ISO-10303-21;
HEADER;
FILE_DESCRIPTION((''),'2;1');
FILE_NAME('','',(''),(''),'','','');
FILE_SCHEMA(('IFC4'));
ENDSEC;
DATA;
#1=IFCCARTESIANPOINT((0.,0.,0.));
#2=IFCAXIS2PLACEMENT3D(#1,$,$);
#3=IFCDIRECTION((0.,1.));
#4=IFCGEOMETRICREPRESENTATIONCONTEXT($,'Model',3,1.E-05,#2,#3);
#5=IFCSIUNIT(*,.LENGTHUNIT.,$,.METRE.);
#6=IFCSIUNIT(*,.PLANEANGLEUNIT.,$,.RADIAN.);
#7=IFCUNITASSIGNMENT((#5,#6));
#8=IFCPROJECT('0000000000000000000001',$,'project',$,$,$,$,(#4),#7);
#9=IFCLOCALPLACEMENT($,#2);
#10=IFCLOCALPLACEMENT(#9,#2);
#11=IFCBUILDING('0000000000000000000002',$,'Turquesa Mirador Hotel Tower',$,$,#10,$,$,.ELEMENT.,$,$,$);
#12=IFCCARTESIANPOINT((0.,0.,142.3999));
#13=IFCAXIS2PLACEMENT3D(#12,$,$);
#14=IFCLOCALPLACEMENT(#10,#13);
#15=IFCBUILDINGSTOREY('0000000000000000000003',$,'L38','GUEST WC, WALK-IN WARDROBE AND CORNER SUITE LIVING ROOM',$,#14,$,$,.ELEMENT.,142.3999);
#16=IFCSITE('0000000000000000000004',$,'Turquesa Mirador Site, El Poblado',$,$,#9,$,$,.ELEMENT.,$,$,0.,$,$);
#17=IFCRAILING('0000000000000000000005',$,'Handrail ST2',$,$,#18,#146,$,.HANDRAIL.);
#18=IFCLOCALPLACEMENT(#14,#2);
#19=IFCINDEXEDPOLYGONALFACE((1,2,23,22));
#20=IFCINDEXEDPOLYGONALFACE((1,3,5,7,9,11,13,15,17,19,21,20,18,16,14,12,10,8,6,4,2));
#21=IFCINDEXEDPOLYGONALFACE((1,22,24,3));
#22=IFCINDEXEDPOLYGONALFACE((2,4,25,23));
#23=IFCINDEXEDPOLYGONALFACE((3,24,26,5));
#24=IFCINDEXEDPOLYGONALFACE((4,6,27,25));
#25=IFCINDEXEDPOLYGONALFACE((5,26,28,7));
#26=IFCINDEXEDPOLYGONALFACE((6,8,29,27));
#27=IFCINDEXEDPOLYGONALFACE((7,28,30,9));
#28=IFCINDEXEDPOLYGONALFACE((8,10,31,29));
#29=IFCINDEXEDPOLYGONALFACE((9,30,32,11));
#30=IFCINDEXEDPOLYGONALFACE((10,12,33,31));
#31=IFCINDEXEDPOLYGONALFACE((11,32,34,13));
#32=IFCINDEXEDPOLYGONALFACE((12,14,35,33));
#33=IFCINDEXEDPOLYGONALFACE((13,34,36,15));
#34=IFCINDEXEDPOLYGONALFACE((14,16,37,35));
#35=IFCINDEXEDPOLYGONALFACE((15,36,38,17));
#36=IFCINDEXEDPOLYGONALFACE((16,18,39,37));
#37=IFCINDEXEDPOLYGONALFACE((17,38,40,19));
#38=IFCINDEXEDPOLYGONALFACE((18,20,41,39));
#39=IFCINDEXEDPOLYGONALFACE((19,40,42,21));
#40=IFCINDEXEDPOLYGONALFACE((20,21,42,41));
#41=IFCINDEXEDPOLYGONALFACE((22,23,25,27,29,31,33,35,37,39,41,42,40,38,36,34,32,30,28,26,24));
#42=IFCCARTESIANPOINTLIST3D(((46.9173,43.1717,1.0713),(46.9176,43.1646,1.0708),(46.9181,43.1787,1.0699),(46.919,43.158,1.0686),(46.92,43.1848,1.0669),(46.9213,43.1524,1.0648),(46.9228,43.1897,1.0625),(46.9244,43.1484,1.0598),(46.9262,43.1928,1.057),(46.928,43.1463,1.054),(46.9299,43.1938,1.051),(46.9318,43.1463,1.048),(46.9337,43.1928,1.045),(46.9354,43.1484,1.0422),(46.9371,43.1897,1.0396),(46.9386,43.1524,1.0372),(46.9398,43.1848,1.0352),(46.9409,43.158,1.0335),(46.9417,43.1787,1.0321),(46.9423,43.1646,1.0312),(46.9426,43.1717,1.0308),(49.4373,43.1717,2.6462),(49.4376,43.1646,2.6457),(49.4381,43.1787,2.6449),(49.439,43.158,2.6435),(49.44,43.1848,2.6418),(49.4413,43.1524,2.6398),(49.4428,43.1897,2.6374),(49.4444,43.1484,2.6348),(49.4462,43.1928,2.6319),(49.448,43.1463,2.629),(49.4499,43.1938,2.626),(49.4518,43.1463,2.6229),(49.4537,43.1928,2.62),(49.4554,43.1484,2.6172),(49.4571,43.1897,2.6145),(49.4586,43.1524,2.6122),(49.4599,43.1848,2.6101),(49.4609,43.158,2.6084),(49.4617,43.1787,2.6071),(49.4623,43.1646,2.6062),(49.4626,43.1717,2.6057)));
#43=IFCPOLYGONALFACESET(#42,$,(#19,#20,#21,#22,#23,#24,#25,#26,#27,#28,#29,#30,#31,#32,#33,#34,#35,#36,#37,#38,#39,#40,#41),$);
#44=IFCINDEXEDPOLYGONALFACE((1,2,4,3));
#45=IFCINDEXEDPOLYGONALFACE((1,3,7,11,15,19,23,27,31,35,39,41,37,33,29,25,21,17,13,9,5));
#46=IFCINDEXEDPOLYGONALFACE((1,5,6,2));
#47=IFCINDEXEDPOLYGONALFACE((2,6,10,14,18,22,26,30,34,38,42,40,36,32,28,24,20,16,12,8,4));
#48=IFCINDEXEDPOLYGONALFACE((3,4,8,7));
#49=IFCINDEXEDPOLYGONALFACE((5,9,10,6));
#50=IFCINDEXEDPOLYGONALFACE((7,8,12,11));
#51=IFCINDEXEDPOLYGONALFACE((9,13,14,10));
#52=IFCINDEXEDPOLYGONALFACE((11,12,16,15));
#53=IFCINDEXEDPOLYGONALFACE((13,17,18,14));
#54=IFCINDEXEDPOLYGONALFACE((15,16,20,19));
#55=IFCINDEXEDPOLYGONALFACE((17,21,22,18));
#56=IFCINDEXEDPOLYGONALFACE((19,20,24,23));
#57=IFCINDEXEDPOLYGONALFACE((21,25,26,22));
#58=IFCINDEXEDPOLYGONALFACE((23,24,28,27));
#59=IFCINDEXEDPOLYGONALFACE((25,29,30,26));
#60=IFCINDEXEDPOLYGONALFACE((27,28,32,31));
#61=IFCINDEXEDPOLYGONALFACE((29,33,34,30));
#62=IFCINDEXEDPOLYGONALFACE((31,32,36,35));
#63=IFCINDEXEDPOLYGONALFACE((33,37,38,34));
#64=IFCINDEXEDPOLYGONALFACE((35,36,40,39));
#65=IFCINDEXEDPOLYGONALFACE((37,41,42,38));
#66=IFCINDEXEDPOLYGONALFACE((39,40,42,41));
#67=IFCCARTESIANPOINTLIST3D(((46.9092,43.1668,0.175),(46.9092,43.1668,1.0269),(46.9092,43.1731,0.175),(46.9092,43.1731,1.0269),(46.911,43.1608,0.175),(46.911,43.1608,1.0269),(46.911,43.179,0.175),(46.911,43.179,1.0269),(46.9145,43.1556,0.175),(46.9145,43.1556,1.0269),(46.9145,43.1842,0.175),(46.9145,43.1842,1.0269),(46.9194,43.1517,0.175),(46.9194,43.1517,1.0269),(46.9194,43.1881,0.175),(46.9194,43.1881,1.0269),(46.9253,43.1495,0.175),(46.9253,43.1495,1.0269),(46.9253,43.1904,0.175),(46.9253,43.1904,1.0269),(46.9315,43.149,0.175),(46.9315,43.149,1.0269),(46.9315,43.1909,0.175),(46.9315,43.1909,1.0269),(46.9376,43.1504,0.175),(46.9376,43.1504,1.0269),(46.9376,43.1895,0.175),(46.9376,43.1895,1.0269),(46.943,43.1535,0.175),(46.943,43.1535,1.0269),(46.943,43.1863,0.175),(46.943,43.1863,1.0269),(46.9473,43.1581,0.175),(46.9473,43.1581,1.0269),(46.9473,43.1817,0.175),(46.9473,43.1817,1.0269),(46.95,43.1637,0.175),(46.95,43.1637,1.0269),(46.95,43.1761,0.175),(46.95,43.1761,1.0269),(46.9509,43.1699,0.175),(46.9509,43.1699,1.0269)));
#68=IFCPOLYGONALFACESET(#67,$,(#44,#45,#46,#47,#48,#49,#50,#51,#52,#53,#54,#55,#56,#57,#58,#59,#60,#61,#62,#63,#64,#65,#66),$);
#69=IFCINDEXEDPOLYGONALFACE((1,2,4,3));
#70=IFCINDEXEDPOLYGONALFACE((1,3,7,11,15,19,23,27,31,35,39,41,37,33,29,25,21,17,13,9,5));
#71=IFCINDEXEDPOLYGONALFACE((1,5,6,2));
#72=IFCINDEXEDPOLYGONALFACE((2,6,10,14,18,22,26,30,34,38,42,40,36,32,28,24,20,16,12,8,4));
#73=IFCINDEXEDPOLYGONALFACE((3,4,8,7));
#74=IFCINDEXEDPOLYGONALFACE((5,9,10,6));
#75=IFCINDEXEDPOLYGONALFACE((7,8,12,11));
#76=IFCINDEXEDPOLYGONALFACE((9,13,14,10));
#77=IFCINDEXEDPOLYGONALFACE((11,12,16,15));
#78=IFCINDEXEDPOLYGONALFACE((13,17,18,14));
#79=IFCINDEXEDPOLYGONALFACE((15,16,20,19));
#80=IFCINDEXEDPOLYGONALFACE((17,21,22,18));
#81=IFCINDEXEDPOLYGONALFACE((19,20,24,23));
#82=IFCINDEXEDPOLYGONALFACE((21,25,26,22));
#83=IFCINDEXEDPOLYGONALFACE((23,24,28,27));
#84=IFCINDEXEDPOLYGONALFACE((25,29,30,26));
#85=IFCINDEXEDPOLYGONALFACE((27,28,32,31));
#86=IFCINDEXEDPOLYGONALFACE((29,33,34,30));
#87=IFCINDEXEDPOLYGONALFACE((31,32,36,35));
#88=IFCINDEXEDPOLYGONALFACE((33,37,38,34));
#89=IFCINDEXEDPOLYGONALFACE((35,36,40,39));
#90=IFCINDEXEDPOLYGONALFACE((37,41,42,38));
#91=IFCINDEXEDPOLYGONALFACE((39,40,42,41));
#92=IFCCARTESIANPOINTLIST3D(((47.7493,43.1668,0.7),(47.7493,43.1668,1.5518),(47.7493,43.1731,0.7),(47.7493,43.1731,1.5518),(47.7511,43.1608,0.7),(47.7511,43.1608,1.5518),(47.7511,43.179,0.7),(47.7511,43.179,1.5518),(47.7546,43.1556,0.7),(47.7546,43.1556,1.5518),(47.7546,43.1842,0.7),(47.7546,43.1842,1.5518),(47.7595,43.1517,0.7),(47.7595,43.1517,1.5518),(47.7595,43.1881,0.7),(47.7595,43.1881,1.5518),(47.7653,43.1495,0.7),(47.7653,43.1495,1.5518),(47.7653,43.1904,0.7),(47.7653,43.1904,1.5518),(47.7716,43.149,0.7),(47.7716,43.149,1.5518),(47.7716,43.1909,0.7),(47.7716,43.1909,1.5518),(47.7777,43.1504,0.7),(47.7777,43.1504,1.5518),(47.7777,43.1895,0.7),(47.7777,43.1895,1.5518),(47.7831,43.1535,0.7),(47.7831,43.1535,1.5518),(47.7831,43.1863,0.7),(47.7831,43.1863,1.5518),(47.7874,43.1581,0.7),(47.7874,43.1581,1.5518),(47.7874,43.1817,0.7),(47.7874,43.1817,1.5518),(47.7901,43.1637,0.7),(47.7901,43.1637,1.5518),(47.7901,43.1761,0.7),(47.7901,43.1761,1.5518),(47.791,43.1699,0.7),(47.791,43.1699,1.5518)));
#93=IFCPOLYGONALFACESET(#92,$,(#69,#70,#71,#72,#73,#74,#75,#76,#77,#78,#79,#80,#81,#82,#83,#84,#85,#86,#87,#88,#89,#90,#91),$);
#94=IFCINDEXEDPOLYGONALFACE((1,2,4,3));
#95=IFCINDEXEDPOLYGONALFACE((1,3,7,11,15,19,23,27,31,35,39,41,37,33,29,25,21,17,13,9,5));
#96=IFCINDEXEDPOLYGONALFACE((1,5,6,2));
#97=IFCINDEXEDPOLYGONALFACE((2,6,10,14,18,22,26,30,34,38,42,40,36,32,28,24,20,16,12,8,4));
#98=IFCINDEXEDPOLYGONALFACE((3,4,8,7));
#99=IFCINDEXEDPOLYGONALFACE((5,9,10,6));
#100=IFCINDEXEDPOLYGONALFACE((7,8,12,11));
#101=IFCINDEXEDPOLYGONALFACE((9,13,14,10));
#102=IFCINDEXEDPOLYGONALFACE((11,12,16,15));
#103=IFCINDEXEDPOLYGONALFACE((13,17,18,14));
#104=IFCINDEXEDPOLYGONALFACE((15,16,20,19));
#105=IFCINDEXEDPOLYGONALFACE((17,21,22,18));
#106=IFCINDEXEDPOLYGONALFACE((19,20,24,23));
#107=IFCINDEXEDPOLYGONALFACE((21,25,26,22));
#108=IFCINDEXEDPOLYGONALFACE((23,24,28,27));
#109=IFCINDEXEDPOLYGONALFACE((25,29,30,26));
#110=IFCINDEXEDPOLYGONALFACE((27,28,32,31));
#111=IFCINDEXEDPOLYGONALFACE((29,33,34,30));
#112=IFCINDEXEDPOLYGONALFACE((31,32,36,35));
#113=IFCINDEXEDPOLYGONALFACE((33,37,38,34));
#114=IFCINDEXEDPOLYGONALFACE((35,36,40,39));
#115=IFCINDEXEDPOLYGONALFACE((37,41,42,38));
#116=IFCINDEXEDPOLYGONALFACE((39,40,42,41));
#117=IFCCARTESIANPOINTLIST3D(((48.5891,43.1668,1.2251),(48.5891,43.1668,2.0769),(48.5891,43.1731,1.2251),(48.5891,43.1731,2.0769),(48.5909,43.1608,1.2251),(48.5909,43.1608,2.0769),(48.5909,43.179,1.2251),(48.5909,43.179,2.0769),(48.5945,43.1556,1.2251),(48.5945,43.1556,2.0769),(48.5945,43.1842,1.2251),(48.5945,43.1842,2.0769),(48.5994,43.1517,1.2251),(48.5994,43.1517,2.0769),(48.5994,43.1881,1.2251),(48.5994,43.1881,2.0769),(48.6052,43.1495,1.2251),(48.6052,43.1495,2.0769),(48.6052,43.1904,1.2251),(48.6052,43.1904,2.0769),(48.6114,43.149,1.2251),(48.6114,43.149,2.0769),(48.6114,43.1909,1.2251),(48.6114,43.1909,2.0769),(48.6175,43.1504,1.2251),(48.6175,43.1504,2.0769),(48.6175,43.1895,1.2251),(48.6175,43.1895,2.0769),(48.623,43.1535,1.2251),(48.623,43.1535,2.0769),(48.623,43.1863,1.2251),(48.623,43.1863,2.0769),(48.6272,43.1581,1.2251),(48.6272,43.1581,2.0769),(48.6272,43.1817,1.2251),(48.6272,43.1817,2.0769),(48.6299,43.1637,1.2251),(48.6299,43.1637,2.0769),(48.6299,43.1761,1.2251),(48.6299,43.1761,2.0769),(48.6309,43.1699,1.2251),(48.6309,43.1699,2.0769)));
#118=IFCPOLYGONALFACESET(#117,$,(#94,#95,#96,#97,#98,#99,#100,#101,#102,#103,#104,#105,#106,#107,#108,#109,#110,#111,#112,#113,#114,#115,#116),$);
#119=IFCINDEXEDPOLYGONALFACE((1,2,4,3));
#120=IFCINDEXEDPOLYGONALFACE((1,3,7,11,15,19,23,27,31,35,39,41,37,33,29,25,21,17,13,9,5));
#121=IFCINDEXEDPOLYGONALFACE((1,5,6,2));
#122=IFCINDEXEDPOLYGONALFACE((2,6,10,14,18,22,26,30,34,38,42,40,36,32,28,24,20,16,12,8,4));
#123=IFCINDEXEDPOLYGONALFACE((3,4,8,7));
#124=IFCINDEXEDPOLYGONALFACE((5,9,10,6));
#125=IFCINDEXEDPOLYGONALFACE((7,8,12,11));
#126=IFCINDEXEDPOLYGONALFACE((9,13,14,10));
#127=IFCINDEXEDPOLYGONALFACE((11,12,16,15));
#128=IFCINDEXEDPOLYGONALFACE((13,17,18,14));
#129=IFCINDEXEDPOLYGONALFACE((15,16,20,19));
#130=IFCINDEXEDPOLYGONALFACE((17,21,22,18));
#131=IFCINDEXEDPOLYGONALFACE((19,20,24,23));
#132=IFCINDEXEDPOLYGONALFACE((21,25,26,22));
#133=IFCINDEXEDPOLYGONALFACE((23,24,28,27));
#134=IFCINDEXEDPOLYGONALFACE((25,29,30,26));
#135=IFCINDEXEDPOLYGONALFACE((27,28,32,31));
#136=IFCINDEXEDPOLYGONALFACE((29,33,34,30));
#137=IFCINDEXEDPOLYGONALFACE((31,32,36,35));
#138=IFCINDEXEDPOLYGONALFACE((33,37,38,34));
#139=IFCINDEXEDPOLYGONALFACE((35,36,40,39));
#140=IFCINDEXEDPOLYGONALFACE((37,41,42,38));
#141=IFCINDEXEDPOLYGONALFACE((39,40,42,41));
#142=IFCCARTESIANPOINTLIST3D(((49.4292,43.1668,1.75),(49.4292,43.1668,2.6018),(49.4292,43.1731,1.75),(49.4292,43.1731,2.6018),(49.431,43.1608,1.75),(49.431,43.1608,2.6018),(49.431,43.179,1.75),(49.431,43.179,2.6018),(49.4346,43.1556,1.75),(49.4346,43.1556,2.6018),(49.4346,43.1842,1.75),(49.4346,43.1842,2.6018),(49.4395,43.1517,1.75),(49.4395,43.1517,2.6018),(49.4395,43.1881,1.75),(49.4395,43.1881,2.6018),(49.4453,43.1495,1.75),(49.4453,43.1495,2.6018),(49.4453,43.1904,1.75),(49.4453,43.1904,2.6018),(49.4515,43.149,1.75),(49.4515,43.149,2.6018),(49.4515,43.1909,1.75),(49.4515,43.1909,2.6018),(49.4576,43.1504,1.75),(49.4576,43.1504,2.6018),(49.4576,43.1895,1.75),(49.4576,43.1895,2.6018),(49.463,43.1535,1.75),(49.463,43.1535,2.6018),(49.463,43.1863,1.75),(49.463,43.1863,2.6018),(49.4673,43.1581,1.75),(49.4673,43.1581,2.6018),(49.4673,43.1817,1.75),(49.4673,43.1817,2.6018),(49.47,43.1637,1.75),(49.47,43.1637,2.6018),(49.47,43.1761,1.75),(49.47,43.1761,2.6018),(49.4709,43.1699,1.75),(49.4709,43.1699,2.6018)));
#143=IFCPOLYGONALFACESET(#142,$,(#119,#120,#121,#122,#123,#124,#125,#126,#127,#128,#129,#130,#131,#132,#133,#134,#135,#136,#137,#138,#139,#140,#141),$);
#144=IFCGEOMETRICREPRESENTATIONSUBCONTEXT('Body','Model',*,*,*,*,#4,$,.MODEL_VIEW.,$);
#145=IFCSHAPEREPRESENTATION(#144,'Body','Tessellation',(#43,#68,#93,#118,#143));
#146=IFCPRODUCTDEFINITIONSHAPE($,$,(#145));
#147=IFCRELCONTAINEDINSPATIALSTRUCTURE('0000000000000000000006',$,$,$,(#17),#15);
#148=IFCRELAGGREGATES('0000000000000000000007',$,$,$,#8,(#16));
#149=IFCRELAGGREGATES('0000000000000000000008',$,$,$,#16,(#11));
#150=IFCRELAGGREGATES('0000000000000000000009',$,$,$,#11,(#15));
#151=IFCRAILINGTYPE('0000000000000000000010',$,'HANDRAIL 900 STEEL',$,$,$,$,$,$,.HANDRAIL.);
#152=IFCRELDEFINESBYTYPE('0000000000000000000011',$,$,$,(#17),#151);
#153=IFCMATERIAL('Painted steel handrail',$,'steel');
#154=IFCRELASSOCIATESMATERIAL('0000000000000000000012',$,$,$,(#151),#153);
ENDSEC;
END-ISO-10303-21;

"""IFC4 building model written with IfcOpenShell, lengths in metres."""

from ifc_helpers import new_model, si_unit, direction, frame, origin, origin_2d, place, context, subcontext, project, spatial, circle, extrude, material, type_object, element, save


model = new_model("IFC4")

# Units and contexts
model_context = context("Model", 3, precision=1e-05, world=origin(), true_north=direction((0.0, 1.0)))
body_context = subcontext(model_context, "Body", "Model", "MODEL_VIEW")
ifc_project = project(units=[si_unit("LENGTHUNIT", "METRE"), si_unit("PLANEANGLEUNIT", "RADIAN")], contexts=[model_context])

# Site, building, storey
site_placement = place(None, origin())
site = spatial("IfcSite", under=ifc_project, at=site_placement, Name="Turquesa Mirador Site, El Poblado", CompositionType="ELEMENT", RefElevation=0.0)
building_placement = place(site_placement, origin())
building = spatial("IfcBuilding", under=site, at=building_placement, Name="Turquesa Mirador Hotel Tower", CompositionType="ELEMENT")
storey_placement = place(building_placement, frame((0.0, 0.0, 142.3999)))
storey = spatial("IfcBuildingStorey", under=building, at=storey_placement, Name="L38", Description="GUEST WC, WALK-IN WARDROBE AND CORNER SUITE LIVING ROOM", CompositionType="ELEMENT", Elevation=142.3999)

# Railing
ifc_material_1 = material(Name="Painted steel handrail", Category="steel")
railing_type = type_object("IfcRailingType", Name="HANDRAIL 900 STEEL", PredefinedType="HANDRAIL", material=ifc_material_1)
for number, where, name in (
    (1, (46.9299, 43.1699, 0.175), "Handrail ST2"),
):
    element("IfcRailing", number, at=place(storey_placement, frame(where)), inside=storey, type_object=railing_type, Name=name, PredefinedType="HANDRAIL", context=body_context, shape_type="SweptSolid", body=[
        extrude(circle(Radius=0.0239, at=origin_2d()), frame((0.0, 0.0, 0.876), z_axis=(0.848008, 0.0, 0.529984), x_axis=(0.0, 1.0, 0.0)), (0.0, 0.0, 1.0), 2.9717),
        extrude(circle(Radius=0.021, at=origin_2d()), origin(), (0.0, 0.0, 1.0), 0.8518),
        extrude(circle(Radius=0.021, at=origin_2d()), frame((0.8401, 0.0, 0.5249)), (0.0, 0.0, 1.0), 0.8518),
        extrude(circle(Radius=0.021, at=origin_2d()), frame((1.6799, 0.0, 1.05)), (0.0, 0.0, 1.0), 0.8518),
        extrude(circle(Radius=0.021, at=origin_2d()), frame((2.52, 0.0, 1.575)), (0.0, 0.0, 1.0), 0.8518),
    ])

save(model, "model.ifc")
